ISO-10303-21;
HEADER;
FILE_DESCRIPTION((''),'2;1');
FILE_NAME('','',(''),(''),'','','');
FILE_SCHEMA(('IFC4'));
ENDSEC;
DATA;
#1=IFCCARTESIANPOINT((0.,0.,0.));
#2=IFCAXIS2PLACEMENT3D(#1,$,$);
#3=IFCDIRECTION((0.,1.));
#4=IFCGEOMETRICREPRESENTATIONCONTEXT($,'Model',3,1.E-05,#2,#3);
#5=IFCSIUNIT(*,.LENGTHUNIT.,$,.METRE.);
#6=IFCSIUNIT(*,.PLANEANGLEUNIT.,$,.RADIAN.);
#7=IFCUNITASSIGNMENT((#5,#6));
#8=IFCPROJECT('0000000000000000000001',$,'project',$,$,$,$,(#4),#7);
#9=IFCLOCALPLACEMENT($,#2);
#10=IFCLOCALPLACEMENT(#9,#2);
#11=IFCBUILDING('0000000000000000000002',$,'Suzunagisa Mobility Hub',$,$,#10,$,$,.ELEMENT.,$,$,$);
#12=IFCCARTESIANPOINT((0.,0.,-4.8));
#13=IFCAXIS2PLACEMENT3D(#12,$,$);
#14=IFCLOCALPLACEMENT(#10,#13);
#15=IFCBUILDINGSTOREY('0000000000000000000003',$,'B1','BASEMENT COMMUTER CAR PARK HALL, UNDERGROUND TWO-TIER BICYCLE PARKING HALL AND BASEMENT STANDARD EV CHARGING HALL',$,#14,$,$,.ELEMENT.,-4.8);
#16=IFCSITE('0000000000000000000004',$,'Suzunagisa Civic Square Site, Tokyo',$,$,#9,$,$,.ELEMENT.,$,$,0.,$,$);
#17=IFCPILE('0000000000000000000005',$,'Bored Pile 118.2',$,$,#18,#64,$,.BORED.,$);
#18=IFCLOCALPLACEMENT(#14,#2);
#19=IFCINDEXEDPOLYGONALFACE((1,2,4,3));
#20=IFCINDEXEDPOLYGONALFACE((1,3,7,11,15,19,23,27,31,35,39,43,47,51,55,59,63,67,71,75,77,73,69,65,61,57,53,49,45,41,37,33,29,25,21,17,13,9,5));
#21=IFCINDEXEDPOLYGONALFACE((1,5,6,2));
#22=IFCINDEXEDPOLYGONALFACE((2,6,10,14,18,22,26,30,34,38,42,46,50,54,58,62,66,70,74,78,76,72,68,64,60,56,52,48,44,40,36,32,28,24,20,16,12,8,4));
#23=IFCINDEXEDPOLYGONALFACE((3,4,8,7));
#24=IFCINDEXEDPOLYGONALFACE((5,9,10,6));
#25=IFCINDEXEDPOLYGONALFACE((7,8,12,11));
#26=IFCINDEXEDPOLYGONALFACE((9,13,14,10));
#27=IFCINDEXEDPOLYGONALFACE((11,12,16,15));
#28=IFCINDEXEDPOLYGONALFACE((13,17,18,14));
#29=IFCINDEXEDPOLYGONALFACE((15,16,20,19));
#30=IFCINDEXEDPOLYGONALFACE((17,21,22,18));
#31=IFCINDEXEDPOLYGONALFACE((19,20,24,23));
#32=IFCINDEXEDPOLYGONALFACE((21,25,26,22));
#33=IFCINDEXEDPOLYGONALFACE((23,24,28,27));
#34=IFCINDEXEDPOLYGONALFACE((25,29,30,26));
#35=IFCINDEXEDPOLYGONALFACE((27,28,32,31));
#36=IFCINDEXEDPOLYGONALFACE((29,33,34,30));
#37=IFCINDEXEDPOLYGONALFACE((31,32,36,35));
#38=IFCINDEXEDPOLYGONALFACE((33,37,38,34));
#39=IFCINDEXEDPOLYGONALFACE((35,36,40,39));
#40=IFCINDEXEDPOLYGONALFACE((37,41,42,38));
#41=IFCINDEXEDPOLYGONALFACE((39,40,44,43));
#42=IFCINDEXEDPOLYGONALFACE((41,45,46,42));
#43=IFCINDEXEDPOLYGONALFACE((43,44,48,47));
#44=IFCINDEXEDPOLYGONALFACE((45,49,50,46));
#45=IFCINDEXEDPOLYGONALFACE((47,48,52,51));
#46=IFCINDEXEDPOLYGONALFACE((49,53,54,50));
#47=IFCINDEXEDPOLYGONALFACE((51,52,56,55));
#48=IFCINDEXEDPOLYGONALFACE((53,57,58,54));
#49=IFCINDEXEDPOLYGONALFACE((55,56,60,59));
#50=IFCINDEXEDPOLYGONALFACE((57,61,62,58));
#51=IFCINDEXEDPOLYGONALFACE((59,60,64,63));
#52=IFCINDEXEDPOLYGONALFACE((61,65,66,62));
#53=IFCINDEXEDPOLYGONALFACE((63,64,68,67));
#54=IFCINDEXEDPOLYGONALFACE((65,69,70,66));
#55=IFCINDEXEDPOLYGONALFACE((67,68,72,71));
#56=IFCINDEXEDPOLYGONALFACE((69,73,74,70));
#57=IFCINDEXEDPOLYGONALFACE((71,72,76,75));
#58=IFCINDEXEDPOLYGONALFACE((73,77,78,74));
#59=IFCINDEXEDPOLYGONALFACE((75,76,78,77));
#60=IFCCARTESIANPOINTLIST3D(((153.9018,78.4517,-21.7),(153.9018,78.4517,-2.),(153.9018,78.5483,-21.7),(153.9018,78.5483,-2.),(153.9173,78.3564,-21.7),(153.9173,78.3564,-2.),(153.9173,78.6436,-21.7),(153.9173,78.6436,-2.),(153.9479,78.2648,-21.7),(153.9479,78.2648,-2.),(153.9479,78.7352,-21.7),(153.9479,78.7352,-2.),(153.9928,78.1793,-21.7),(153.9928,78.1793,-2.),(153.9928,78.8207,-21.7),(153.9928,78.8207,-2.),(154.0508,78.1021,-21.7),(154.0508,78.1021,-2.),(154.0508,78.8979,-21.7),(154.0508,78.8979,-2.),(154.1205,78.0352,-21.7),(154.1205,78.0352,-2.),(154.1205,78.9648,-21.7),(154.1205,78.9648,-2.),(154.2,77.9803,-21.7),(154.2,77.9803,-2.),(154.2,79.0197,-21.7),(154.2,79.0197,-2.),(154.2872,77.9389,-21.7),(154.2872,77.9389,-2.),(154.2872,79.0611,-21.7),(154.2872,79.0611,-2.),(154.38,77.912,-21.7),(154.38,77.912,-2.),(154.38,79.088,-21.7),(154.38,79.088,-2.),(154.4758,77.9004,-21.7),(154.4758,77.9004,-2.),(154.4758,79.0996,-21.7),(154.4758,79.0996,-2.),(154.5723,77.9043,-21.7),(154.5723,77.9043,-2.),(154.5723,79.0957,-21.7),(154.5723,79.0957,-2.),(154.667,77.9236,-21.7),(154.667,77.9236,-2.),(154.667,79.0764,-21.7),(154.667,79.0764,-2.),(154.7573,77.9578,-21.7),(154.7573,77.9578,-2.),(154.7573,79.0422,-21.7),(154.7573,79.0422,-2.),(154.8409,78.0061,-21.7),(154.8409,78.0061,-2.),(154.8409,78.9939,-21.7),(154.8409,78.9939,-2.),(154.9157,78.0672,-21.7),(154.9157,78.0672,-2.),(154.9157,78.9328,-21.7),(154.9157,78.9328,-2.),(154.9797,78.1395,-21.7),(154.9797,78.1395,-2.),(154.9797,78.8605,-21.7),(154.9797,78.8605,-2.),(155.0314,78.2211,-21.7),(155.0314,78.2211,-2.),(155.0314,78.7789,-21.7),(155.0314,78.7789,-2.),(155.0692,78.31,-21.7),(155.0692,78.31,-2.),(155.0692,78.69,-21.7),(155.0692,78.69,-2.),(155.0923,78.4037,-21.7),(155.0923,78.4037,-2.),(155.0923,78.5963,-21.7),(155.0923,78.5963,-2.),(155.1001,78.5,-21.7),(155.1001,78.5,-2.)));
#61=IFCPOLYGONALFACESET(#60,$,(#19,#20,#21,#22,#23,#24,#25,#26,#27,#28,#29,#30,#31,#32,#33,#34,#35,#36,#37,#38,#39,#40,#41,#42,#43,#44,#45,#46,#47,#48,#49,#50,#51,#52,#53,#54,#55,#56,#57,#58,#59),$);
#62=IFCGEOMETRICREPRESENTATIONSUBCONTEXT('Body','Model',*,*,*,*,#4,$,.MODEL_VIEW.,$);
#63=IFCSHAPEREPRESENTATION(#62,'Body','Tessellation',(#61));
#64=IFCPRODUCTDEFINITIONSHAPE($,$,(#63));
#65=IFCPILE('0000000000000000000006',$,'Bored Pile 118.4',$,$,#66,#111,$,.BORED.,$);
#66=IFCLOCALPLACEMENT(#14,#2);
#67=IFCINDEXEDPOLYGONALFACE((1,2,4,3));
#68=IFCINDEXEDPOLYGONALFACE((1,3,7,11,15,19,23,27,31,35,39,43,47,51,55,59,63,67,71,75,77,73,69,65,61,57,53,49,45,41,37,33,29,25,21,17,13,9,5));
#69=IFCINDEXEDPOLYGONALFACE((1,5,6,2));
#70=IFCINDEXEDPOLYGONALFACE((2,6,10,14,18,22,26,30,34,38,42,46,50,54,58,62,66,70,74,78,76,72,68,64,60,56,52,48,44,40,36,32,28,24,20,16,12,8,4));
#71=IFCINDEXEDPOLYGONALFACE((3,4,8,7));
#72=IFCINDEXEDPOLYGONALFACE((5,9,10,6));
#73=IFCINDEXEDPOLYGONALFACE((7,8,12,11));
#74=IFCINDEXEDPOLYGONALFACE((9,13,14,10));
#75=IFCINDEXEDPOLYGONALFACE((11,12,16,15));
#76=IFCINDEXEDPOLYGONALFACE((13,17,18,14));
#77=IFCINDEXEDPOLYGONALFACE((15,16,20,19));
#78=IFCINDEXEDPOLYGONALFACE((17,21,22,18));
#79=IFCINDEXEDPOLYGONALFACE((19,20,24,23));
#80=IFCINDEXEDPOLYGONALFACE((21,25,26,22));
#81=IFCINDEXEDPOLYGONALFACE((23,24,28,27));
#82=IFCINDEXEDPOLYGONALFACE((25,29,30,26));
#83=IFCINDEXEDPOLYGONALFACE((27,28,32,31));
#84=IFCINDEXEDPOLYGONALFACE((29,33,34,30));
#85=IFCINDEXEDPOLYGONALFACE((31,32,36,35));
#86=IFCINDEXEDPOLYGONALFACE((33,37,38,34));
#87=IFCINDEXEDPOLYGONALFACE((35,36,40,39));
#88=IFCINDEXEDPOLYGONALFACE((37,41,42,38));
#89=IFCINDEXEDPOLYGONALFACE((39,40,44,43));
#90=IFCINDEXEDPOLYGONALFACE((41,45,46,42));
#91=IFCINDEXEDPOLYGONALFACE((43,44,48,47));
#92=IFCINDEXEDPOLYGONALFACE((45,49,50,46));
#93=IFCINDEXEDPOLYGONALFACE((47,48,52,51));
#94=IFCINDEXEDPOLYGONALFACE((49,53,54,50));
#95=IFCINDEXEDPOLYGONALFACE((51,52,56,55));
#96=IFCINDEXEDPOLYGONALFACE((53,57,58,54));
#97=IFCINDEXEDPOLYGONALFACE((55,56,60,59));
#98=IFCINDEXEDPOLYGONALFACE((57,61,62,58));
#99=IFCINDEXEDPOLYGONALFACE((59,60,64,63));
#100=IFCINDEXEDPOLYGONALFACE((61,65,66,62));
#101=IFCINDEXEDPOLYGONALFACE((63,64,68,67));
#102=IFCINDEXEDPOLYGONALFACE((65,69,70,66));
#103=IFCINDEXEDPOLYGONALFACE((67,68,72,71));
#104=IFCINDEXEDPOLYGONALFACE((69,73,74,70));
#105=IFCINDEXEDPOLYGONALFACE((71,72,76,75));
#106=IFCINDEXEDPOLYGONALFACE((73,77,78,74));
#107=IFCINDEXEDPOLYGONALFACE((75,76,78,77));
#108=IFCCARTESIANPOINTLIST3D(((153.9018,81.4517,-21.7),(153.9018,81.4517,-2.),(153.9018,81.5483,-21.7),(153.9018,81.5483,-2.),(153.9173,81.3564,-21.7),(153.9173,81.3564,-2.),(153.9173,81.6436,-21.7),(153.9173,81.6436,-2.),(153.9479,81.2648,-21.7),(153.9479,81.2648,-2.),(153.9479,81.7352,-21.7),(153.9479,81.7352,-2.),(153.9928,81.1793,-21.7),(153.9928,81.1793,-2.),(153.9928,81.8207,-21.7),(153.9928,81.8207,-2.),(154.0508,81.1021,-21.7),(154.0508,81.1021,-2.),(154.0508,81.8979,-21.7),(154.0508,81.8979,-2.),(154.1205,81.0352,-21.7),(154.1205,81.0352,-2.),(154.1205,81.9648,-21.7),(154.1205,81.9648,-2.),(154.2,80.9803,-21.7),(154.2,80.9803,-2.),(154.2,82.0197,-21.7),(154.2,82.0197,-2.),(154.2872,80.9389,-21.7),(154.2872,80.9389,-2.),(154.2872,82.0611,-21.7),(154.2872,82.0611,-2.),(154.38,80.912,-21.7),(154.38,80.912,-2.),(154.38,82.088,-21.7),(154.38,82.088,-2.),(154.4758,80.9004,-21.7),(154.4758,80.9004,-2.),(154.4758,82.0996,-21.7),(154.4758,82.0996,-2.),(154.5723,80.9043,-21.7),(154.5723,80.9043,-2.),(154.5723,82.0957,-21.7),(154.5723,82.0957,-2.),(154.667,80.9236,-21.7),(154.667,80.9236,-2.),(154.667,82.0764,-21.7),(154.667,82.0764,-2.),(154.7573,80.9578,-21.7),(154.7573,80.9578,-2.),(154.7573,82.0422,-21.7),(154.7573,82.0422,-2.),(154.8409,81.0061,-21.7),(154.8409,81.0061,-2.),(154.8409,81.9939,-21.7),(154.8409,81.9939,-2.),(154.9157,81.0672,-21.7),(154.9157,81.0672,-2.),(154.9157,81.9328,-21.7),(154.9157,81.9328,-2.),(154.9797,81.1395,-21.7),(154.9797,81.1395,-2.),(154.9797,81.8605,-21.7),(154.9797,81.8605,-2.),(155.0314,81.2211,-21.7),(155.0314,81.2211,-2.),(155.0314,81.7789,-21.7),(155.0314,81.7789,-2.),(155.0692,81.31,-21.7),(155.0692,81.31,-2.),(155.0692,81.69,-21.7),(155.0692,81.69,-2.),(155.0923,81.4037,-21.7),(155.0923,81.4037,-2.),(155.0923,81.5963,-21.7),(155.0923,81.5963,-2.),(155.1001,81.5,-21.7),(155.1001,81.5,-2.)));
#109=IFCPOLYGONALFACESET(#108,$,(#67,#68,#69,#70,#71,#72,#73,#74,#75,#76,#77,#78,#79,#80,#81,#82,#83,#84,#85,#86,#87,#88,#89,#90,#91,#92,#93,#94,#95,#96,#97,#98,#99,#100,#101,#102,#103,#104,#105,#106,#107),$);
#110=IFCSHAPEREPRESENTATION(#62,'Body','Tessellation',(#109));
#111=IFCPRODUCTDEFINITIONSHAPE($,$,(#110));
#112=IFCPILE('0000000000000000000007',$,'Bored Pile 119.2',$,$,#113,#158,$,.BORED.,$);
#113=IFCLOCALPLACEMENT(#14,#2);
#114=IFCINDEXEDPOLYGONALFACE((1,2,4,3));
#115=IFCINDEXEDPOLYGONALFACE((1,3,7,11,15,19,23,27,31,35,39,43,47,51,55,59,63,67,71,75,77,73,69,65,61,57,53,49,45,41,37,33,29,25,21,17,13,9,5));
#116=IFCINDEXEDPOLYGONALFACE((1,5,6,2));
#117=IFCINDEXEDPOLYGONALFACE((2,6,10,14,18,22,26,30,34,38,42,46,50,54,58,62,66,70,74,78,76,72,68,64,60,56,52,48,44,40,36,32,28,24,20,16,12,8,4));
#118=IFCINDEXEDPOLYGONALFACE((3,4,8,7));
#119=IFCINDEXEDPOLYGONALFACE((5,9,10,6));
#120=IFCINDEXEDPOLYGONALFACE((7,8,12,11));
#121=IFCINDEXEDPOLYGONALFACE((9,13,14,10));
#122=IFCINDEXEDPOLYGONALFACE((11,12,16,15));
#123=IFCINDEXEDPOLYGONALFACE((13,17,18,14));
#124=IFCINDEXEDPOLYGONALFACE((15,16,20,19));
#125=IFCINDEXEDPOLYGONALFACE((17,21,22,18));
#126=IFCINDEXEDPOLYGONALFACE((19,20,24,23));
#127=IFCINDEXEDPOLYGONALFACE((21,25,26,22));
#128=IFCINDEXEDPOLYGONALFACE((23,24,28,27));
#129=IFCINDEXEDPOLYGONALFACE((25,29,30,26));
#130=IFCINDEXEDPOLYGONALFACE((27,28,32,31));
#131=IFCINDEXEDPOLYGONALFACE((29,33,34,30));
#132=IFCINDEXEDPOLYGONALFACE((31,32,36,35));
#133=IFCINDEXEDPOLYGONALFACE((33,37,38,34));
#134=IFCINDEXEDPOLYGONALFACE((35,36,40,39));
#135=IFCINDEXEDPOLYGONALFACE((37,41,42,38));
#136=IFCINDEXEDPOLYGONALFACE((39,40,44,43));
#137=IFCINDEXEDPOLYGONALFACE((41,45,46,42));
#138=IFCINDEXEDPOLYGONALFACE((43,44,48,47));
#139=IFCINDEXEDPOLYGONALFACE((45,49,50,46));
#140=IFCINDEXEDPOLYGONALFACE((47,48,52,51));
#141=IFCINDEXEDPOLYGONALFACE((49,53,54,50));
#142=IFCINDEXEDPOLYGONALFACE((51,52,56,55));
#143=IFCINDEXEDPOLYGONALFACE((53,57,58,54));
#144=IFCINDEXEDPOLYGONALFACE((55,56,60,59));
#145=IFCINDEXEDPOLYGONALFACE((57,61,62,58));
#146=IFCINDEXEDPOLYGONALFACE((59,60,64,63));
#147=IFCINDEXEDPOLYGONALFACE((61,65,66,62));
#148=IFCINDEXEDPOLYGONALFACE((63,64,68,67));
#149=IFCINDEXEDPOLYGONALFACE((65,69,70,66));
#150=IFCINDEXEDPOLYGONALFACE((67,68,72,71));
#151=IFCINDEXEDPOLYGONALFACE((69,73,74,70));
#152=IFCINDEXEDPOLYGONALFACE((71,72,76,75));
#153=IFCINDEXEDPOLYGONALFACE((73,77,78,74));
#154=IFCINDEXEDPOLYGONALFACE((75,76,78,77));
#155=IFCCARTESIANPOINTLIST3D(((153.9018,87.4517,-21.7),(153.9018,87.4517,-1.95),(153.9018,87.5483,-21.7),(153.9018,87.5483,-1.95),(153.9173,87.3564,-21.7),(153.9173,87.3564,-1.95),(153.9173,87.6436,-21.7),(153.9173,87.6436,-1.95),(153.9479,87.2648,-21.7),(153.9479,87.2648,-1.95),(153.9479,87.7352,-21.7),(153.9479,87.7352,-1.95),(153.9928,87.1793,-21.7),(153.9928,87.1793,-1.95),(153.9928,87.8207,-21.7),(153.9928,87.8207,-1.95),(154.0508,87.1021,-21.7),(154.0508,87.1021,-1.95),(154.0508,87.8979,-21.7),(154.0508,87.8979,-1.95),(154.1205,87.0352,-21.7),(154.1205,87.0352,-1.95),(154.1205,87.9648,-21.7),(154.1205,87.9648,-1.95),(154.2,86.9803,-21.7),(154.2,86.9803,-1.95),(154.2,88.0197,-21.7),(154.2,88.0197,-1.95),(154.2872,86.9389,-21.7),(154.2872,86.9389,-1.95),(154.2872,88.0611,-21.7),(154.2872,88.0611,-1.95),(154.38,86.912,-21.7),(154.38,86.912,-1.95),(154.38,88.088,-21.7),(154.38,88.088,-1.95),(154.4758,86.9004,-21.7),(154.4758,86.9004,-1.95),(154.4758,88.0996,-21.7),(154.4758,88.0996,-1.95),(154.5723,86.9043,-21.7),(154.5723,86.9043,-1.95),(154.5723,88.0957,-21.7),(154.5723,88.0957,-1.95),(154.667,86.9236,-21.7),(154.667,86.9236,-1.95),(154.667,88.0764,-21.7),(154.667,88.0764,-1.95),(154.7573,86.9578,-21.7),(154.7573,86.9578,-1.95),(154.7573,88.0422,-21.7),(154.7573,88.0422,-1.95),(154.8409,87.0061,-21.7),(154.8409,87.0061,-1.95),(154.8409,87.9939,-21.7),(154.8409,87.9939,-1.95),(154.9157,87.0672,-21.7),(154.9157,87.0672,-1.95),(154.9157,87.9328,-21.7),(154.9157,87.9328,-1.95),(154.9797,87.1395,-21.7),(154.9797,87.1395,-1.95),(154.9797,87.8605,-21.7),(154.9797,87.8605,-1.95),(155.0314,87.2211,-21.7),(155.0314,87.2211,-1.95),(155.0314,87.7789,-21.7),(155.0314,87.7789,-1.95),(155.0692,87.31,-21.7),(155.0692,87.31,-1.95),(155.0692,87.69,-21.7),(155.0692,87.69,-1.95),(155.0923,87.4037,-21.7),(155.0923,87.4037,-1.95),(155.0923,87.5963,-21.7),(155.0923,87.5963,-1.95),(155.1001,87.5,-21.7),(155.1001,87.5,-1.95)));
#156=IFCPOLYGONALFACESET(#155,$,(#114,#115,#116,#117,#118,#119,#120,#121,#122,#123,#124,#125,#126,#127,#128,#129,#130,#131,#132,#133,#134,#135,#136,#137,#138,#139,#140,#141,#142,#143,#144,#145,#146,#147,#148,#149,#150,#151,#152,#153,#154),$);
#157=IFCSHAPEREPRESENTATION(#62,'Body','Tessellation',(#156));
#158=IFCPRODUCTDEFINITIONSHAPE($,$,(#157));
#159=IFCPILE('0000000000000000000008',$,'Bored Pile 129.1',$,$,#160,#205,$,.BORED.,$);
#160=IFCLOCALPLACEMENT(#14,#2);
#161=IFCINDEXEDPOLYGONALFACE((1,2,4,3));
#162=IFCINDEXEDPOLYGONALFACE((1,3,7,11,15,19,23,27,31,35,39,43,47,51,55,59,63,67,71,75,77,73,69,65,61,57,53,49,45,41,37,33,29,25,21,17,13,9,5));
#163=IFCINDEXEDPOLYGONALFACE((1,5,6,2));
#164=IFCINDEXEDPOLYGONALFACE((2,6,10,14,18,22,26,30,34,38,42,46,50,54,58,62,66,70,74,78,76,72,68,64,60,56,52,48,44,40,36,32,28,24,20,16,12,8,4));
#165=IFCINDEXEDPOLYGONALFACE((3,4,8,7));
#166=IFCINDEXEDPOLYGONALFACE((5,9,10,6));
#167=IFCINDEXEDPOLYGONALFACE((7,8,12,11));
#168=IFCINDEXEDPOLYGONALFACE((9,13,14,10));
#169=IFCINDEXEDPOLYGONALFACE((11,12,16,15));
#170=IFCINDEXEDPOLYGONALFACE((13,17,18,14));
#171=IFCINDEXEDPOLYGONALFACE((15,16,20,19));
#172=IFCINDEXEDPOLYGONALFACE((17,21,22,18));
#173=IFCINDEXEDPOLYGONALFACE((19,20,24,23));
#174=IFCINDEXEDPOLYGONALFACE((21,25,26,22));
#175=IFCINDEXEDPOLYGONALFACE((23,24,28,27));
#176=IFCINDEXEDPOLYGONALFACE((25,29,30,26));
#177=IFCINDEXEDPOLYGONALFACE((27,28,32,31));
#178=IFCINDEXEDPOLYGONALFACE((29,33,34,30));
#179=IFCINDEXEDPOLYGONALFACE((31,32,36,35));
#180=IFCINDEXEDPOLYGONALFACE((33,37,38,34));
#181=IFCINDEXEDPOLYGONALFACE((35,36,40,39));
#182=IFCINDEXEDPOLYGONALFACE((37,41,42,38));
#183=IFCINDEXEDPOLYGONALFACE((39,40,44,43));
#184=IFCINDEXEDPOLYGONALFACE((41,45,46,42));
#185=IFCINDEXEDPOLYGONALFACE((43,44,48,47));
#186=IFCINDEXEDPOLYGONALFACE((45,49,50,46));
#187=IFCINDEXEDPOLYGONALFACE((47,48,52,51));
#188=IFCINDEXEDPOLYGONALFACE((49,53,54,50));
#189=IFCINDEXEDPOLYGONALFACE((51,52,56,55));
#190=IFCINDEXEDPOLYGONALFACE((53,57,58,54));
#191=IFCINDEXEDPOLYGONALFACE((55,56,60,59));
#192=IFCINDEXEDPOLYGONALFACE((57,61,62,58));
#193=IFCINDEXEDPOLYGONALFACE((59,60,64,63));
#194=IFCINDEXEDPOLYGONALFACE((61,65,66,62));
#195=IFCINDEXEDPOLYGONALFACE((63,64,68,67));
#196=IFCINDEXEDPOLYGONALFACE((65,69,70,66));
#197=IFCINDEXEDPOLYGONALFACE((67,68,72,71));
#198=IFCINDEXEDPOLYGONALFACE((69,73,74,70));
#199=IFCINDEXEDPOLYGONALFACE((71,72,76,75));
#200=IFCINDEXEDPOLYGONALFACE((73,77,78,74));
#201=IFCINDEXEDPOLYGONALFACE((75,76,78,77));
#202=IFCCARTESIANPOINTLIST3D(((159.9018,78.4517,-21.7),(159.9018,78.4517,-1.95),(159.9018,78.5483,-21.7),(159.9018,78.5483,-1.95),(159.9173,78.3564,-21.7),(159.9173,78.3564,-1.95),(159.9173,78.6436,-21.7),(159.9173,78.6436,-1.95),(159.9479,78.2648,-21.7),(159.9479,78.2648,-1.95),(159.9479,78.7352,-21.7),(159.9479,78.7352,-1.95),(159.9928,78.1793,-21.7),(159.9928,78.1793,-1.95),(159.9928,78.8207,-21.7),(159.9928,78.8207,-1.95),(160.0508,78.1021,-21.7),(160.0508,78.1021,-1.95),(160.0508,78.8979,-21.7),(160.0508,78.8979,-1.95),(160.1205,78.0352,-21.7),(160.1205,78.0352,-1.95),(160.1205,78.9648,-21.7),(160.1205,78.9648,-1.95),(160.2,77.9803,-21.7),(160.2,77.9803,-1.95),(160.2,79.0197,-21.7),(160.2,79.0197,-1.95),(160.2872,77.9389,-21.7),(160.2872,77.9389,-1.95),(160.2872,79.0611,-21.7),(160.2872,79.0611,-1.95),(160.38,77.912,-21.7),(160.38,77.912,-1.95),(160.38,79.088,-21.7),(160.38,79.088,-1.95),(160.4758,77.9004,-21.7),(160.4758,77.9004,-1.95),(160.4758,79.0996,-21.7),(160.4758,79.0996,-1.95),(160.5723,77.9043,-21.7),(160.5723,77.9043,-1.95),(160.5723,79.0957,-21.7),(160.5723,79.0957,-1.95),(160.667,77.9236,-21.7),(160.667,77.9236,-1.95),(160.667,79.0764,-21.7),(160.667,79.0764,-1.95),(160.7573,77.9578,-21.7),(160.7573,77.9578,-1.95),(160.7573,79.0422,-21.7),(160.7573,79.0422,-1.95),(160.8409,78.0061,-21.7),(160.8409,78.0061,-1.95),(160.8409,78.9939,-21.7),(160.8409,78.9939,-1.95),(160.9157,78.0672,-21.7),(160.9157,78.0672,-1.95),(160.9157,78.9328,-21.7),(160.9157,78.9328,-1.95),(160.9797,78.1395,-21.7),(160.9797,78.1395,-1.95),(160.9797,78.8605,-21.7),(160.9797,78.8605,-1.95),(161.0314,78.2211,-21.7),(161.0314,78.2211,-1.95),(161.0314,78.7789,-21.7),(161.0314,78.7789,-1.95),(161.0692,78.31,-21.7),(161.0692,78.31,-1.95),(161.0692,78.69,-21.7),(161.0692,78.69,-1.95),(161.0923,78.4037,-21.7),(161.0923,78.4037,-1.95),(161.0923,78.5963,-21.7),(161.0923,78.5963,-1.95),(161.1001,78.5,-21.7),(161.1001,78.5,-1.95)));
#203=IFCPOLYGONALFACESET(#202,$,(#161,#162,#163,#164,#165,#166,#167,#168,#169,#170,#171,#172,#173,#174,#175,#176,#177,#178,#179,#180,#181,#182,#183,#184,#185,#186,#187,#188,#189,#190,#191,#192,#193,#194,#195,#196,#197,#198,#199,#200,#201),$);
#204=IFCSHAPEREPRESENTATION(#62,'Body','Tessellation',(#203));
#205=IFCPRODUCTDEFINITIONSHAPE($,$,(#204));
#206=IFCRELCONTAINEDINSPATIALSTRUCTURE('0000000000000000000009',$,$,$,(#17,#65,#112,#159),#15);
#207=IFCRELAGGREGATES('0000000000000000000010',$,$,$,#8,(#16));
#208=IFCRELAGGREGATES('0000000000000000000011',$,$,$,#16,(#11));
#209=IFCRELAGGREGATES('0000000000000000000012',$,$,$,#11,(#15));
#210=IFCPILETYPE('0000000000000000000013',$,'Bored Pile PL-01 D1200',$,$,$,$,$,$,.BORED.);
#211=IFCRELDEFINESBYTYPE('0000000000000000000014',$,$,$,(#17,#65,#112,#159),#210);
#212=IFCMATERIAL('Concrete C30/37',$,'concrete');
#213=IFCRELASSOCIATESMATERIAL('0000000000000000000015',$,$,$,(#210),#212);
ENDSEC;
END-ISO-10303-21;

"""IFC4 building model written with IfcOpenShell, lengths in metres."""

from ifc_helpers import new_model, si_unit, direction, frame, origin, origin_2d, place, context, subcontext, project, spatial, circle, extrude, material, material_profile, profile_set, type_object, element, save


model = new_model("IFC4")

# Units and contexts
model_context = context("Model", 3, precision=1e-05, world=origin(), true_north=direction((0.0, 1.0)))
body_context = subcontext(model_context, "Body", "Model", "MODEL_VIEW")
ifc_project = project(units=[si_unit("LENGTHUNIT", "METRE"), si_unit("PLANEANGLEUNIT", "RADIAN")], contexts=[model_context])

# Site, building, storey
site_placement = place(None, origin())
site = spatial("IfcSite", under=ifc_project, at=site_placement, Name="Suzunagisa Civic Square Site, Tokyo", CompositionType="ELEMENT", RefElevation=0.0)
building_placement = place(site_placement, origin())
building = spatial("IfcBuilding", under=site, at=building_placement, Name="Suzunagisa Mobility Hub", CompositionType="ELEMENT")
storey_placement = place(building_placement, frame((0.0, 0.0, -4.8)))
storey = spatial("IfcBuildingStorey", under=building, at=storey_placement, Name="B1", Description="BASEMENT COMMUTER CAR PARK HALL, UNDERGROUND TWO-TIER BICYCLE PARKING HALL AND BASEMENT STANDARD EV CHARGING HALL", CompositionType="ELEMENT", Elevation=-4.8)

# Piles
ifc_material_1 = material(Name="Concrete C30/37", Category="concrete")
ifc_material_profile_1 = material_profile(ifc_material_1, circle(Radius=0.6001, at=origin_2d()), Name="BORED PILE D1200")
ifc_profile_set_1 = profile_set([ifc_material_profile_1], Name="Concrete C30/37")
pile_type = type_object("IfcPileType", Name="Bored Pile PL-01 D1200", PredefinedType="BORED", material=ifc_profile_set_1)
for number, where, z_axis, x_axis, name in (
    (1, (154.5, 78.5, -2.0), (0.0, 0.0, -1.0), (1.0, 0.0, 0.0), "Bored Pile 118.2"),
    (2, (154.5, 81.5, -2.0), (0.0, 0.0, -1.0), (1.0, 0.0, 0.0), "Bored Pile 118.4"),
):
    element("IfcPile", number, at=place(storey_placement, frame(where, z_axis=z_axis, x_axis=x_axis)), inside=storey, type_object=pile_type, Name=name, PredefinedType="BORED", context=body_context, shape_type="SweptSolid", body=[
        extrude(circle(Radius=0.6001, at=origin_2d()), origin(), (0.0, 0.0, 1.0), 19.7),
    ])
for number, where, z_axis, x_axis, name in (
    (3, (154.5, 87.5, -1.95), (0.0, 0.0, -1.0), (1.0, 0.0, 0.0), "Bored Pile 119.2"),
    (4, (160.5, 78.5, -1.95), (0.0, 0.0, -1.0), (1.0, 0.0, 0.0), "Bored Pile 129.1"),
):
    element("IfcPile", number, at=place(storey_placement, frame(where, z_axis=z_axis, x_axis=x_axis)), inside=storey, type_object=pile_type, Name=name, PredefinedType="BORED", context=body_context, shape_type="SweptSolid", body=[
        extrude(circle(Radius=0.6001, at=origin_2d()), origin(), (0.0, 0.0, 1.0), 19.75),
    ])

save(model, "model.ifc")
